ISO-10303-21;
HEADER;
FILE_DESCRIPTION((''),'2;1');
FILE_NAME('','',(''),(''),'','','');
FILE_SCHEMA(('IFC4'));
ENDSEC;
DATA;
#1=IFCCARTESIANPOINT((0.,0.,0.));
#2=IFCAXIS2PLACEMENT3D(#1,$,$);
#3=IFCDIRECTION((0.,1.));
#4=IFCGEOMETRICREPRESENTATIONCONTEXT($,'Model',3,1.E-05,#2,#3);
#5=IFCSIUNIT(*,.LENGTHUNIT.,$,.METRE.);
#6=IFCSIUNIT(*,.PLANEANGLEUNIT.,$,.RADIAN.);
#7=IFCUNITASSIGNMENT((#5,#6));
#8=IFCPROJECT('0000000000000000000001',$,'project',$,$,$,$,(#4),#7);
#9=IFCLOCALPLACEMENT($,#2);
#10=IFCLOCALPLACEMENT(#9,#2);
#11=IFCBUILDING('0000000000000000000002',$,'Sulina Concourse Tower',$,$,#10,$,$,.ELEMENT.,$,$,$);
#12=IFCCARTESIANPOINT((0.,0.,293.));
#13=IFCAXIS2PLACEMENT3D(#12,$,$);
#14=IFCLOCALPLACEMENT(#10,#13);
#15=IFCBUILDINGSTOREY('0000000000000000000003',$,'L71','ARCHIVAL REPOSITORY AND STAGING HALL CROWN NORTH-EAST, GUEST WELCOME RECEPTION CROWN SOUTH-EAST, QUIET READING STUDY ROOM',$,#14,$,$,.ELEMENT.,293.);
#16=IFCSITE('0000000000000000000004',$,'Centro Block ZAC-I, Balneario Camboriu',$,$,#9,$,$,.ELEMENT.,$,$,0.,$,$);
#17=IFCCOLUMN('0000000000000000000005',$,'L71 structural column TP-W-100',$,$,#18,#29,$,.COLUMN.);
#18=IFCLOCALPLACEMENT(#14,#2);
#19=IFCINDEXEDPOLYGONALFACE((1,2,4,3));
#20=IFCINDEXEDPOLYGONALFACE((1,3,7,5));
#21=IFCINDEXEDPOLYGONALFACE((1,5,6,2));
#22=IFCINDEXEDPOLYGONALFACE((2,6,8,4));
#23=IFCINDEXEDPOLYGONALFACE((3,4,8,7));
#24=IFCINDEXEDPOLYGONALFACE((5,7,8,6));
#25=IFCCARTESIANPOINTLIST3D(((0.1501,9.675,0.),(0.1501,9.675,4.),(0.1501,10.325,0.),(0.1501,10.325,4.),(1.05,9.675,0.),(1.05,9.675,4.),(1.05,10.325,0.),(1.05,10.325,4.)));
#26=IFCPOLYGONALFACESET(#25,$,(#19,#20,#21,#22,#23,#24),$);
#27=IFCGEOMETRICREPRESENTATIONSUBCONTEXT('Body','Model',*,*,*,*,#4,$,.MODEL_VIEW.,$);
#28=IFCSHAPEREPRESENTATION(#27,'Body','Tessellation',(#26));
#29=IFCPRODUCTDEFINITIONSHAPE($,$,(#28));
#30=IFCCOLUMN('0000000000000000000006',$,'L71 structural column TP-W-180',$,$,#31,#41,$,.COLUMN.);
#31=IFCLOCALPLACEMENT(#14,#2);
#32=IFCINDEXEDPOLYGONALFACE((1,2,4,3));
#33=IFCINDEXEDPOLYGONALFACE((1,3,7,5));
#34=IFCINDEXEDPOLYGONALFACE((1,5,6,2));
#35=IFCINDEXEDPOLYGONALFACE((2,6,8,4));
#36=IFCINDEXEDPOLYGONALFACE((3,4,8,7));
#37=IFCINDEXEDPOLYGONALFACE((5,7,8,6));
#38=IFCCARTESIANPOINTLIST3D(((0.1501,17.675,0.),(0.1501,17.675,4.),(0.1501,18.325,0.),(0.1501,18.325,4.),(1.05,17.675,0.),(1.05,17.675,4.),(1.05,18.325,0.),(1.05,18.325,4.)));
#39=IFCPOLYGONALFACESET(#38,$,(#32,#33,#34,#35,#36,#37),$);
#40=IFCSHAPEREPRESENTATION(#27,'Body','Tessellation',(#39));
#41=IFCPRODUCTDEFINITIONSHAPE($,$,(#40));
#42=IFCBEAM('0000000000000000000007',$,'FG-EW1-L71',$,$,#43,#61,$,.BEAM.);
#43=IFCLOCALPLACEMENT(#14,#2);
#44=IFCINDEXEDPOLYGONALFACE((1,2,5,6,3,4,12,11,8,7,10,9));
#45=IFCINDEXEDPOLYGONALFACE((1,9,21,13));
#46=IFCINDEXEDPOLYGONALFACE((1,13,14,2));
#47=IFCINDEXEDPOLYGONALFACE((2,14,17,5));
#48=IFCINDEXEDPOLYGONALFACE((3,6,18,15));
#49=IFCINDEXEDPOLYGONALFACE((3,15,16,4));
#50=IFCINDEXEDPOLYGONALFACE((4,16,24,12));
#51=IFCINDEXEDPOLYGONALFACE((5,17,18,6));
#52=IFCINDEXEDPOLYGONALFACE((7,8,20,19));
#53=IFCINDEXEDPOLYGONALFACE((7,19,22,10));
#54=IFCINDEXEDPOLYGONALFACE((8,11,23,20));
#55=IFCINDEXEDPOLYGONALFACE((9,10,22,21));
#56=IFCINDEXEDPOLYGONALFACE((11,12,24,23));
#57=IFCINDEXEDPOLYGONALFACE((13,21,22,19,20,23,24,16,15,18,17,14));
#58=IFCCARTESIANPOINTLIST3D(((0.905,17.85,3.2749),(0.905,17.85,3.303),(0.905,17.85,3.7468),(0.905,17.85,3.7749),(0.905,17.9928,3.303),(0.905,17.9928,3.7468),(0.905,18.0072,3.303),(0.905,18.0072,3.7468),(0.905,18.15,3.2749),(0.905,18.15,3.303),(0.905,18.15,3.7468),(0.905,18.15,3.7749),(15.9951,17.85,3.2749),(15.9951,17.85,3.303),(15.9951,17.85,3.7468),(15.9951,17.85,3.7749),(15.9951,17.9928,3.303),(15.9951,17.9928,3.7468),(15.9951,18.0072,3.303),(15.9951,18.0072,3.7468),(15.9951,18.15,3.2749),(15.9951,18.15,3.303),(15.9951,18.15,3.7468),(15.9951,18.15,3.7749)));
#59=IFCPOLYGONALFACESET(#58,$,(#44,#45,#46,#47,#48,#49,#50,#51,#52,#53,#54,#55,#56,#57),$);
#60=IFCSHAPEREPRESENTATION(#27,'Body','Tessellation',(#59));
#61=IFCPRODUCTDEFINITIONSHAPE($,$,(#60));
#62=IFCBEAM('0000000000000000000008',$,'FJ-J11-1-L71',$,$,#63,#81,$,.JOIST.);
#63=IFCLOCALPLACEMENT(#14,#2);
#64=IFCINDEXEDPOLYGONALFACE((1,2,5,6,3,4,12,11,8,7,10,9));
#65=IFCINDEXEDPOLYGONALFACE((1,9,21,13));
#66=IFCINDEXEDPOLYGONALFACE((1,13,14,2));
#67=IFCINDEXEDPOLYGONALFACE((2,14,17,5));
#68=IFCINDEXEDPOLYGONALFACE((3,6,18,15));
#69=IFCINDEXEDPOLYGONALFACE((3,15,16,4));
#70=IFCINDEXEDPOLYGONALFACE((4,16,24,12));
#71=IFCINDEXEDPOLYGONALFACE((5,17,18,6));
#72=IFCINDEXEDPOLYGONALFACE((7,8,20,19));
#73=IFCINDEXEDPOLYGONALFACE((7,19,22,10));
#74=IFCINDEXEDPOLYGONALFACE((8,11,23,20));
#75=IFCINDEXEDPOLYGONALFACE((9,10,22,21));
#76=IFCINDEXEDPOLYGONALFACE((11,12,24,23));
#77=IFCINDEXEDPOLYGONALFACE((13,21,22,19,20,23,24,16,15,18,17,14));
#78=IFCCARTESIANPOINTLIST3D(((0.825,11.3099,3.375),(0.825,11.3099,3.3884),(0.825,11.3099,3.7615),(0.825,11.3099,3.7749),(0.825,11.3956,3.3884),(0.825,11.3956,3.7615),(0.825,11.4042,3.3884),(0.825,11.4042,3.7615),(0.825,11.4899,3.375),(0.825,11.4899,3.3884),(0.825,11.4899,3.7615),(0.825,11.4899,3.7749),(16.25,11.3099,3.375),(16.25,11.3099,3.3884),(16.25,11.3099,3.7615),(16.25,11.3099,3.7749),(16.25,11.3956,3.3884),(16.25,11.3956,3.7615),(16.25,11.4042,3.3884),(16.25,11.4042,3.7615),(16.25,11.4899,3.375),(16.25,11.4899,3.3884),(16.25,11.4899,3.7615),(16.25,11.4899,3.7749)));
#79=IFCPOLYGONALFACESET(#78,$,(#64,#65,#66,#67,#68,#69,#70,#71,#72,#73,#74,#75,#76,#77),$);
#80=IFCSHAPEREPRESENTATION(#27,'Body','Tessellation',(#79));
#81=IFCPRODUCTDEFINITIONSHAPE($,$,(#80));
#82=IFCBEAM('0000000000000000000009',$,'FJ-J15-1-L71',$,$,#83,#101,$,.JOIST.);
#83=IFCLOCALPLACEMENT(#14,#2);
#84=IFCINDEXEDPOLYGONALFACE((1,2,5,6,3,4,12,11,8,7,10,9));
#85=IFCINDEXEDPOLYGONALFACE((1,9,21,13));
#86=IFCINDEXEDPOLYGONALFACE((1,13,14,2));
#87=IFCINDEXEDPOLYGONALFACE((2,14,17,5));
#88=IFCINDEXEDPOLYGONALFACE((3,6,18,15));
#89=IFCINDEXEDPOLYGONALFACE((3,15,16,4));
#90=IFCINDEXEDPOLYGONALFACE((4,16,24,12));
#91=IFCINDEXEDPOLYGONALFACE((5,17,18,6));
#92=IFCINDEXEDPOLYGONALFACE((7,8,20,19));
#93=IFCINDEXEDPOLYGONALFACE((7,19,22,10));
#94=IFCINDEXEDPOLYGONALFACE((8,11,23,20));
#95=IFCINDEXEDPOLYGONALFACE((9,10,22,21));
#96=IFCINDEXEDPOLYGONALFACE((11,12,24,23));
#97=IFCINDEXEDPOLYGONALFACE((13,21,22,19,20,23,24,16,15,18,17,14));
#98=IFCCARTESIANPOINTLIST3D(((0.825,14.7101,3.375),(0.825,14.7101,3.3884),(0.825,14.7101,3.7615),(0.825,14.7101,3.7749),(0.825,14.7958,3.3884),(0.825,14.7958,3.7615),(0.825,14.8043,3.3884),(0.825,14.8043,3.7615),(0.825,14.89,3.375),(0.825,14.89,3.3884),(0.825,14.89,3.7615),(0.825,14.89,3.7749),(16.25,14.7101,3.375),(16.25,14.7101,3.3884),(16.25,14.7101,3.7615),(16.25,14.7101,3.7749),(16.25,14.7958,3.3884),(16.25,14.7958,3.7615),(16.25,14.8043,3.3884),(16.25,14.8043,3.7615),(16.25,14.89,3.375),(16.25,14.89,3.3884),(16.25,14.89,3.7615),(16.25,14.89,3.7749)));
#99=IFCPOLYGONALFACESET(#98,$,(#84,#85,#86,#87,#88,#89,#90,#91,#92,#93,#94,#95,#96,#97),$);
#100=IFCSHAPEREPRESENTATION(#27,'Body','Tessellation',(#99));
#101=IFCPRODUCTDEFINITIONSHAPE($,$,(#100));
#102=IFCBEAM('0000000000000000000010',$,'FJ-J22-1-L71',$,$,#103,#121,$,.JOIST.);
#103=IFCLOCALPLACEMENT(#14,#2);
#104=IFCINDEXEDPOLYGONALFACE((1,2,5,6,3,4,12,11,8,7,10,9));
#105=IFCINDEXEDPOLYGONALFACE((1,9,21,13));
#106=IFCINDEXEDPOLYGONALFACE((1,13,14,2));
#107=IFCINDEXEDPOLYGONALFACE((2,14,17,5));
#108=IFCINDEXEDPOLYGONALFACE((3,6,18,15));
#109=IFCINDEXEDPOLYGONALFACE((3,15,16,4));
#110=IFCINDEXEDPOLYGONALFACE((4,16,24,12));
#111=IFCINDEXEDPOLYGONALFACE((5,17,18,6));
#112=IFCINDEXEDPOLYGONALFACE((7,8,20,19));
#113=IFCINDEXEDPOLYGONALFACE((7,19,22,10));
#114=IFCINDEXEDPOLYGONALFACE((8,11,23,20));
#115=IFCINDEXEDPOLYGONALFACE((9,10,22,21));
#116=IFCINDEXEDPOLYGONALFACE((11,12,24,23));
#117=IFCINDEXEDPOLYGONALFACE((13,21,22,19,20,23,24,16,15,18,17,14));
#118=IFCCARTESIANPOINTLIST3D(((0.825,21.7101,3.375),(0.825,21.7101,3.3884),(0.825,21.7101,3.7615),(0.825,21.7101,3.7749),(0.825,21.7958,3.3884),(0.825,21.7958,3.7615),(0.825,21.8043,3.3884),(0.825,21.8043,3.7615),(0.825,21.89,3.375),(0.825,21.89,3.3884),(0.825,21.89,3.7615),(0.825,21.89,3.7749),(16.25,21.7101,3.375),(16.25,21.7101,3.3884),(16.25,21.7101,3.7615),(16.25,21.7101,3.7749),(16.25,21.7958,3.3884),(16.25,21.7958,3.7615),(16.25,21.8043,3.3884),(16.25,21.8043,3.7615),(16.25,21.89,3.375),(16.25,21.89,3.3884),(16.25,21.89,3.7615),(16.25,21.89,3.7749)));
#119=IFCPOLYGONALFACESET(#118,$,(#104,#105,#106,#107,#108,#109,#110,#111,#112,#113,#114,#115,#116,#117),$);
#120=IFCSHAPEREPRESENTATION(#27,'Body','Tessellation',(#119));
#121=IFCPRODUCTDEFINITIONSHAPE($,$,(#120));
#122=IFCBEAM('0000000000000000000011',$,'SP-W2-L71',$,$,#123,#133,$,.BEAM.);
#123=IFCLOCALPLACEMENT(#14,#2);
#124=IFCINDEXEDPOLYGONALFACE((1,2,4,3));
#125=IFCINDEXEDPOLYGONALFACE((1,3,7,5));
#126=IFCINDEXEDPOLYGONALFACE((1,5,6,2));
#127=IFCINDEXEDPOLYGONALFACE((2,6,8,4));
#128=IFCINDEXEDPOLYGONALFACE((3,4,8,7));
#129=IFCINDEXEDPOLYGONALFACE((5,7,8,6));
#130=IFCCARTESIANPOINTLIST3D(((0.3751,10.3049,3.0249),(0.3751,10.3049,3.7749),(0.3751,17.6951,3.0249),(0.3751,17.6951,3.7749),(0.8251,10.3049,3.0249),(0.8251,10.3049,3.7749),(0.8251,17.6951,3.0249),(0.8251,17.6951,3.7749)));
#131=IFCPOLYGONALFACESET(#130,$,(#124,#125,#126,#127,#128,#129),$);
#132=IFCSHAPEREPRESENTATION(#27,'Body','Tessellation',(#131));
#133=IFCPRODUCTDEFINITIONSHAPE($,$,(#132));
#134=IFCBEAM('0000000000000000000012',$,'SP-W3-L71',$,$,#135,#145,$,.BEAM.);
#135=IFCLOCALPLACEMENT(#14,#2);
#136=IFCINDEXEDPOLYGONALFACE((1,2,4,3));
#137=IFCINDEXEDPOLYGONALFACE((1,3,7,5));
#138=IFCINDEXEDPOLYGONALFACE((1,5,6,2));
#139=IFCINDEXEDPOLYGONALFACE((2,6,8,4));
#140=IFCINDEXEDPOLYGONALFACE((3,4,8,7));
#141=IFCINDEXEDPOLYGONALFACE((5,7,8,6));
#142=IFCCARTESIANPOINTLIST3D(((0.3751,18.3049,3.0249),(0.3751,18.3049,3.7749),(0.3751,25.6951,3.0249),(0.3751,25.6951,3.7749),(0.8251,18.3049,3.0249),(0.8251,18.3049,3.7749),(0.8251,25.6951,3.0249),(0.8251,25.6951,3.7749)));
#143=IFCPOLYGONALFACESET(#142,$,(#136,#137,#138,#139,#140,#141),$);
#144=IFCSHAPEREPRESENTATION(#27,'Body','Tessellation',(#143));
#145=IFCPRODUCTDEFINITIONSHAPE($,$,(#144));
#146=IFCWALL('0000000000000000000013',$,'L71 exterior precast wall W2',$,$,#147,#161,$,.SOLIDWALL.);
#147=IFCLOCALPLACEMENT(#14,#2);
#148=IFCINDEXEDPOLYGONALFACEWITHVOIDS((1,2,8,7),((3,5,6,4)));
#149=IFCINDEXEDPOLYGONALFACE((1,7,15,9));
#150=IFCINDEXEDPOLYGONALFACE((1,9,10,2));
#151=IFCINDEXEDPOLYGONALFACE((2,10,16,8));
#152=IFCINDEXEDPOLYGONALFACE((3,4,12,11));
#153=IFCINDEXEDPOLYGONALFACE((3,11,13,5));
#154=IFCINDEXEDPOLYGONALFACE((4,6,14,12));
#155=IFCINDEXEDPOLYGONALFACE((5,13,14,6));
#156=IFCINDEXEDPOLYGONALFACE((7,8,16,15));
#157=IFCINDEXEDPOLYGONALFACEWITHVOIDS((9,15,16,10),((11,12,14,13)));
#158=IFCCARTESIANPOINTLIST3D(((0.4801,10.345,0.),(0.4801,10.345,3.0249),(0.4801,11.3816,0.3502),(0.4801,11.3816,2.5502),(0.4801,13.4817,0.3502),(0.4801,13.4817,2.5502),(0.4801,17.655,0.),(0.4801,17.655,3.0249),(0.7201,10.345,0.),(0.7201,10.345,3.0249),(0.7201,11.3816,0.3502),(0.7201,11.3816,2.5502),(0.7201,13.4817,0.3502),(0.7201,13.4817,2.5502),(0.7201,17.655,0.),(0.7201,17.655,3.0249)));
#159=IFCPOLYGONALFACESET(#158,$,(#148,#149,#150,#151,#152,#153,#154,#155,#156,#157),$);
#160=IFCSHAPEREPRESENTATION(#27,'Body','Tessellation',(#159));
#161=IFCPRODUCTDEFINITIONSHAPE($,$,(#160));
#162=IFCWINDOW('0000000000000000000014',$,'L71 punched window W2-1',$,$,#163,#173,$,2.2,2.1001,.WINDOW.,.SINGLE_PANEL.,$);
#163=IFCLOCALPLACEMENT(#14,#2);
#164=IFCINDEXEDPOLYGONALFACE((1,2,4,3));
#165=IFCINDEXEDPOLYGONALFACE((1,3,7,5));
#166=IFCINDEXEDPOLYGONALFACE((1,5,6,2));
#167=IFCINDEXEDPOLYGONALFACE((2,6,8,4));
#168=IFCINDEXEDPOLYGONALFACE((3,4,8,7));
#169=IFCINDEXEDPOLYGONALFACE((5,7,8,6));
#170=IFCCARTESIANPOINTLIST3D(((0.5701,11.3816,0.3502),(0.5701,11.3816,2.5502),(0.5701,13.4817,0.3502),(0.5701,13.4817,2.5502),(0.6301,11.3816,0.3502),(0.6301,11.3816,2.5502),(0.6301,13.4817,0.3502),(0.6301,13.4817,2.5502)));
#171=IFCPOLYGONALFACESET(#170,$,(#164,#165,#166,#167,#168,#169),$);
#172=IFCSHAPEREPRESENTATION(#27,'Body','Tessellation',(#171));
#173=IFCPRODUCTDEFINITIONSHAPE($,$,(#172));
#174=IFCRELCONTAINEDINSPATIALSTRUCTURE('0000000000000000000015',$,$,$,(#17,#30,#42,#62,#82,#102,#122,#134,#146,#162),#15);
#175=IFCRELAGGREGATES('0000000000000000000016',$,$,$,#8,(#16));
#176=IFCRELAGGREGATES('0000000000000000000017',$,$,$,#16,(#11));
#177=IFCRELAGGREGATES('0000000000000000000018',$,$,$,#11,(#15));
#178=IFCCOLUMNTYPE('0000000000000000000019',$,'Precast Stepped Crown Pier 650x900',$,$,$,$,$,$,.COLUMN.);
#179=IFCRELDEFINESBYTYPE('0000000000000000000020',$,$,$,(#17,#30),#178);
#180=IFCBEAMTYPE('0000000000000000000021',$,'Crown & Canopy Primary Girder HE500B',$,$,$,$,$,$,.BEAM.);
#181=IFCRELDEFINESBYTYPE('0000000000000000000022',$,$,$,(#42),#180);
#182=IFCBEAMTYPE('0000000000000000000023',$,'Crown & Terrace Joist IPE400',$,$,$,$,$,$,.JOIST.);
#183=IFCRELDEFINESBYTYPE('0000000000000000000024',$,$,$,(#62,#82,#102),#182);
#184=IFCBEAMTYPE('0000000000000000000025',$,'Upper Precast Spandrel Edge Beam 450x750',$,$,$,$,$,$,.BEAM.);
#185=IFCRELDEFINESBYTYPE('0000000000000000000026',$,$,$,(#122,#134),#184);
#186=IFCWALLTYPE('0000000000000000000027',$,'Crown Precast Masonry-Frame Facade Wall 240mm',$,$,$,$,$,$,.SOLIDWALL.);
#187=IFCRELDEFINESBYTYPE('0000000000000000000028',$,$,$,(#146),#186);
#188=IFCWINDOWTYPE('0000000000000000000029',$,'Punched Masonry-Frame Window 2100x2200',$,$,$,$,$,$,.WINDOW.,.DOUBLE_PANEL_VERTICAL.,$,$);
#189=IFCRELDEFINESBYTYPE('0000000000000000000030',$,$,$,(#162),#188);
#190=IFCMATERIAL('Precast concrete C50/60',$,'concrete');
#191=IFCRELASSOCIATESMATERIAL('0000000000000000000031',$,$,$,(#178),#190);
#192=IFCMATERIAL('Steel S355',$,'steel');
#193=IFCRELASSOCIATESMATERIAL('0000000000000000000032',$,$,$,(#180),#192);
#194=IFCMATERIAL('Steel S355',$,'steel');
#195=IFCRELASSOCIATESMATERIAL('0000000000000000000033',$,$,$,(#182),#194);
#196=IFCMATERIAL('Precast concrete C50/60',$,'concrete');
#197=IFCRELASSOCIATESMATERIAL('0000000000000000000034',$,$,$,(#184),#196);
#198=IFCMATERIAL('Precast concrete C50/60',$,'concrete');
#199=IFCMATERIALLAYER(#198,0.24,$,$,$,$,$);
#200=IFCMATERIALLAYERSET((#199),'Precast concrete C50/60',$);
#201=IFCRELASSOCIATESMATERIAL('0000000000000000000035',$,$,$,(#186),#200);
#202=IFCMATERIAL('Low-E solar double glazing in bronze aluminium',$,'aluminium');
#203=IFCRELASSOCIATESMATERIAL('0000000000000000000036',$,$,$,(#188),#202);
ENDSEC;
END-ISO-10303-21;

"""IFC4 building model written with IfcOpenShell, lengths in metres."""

from ifc_helpers import new_model, si_unit, direction, frame, frame_2d, origin, origin_2d, place, context, subcontext, project, spatial, rectangle, i_section, extrude, material, layer, layer_set, material_profile, profile_set, type_object, element, fill, save


model = new_model("IFC4")

# Units and contexts
model_context = context("Model", 3, precision=1e-05, world=origin(), true_north=direction((0.0, 1.0)))
body_context = subcontext(model_context, "Body", "Model", "MODEL_VIEW")
ifc_project = project(units=[si_unit("LENGTHUNIT", "METRE"), si_unit("PLANEANGLEUNIT", "RADIAN")], contexts=[model_context])

# Site, building, storey
site_placement = place(None, origin())
site = spatial("IfcSite", under=ifc_project, at=site_placement, Name="Centro Block ZAC-I, Balneario Camboriu", CompositionType="ELEMENT", RefElevation=0.0)
building_placement = place(site_placement, origin())
building = spatial("IfcBuilding", under=site, at=building_placement, Name="Sulina Concourse Tower", CompositionType="ELEMENT")
storey_placement = place(building_placement, frame((0.0, 0.0, 293.0)))
storey = spatial("IfcBuildingStorey", under=building, at=storey_placement, Name="L71", Description="ARCHIVAL REPOSITORY AND STAGING HALL CROWN NORTH-EAST, GUEST WELCOME RECEPTION CROWN SOUTH-EAST, QUIET READING STUDY ROOM", CompositionType="ELEMENT", Elevation=293.0)

# Columns
ifc_material_1 = material(Name="Precast concrete C50/60", Category="concrete")
ifc_material_profile_1 = material_profile(ifc_material_1, rectangle(XDim=0.6499, YDim=0.8999, at=origin_2d()), Name="PC 650x900")
ifc_profile_set_1 = profile_set([ifc_material_profile_1], Name="Precast concrete C50/60")
column_type = type_object("IfcColumnType", Name="Precast Stepped Crown Pier 650x900", PredefinedType="COLUMN", material=ifc_profile_set_1)
for number, where, z_axis, x_axis, name in (
    (1, (0.6001, 10.0, 0.0), (0.0, 0.0, 1.0), (0.0, 1.0, 0.0), "L71 structural column TP-W-100"),
    (2, (0.6001, 18.0, 0.0), (0.0, 0.0, 1.0), (0.0, 1.0, 0.0), "L71 structural column TP-W-180"),
):
    element("IfcColumn", number, at=place(storey_placement, frame(where, z_axis=z_axis, x_axis=x_axis)), inside=storey, type_object=column_type, Name=name, PredefinedType="COLUMN", context=body_context, shape_type="SweptSolid", body=[
        extrude(rectangle(XDim=0.6499, YDim=0.8999, at=origin_2d()), origin(), (0.0, 0.0, 1.0), 4.0),
    ])

# Beams
ifc_material_2 = material(Name="Steel S355", Category="steel")
ifc_material_profile_2 = material_profile(ifc_material_2, i_section(OverallWidth=0.3, OverallDepth=0.5, WebThickness=0.0144, FlangeThickness=0.0281, at=origin_2d()), Name="HE 500 B")
ifc_profile_set_2 = profile_set([ifc_material_profile_2], Name="Steel S355")
beam_type_1 = type_object("IfcBeamType", Name="Crown & Canopy Primary Girder HE500B", PredefinedType="BEAM", material=ifc_profile_set_2)
beam_placement = place(storey_placement, frame((0.905, 18.0, 3.5249), z_axis=(1.0, 0.0, 0.0), x_axis=(0.0, 1.0, 0.0)))
element("IfcBeam", 3, at=beam_placement, inside=storey, type_object=beam_type_1, Name="FG-EW1-L71", PredefinedType="BEAM", context=body_context, shape_type="SweptSolid", body=[
    extrude(i_section(OverallWidth=0.3, OverallDepth=0.5, WebThickness=0.0144, FlangeThickness=0.0281, at=origin_2d()), origin(), (0.0, 0.0, 1.0), 15.0901),
])
ifc_material_3 = material(Name="Steel S355", Category="steel")
ifc_material_profile_3 = material_profile(ifc_material_3, i_section(OverallWidth=0.1799, OverallDepth=0.3999, WebThickness=0.0085, FlangeThickness=0.0134, at=origin_2d()), Name="IPE 400")
ifc_profile_set_3 = profile_set([ifc_material_profile_3], Name="Steel S355")
beam_type_2 = type_object("IfcBeamType", Name="Crown & Terrace Joist IPE400", PredefinedType="JOIST", material=ifc_profile_set_3)
for number, where, z_axis, x_axis, name in (
    (4, (0.825, 11.3999, 3.575), (1.0, 0.0, 0.0), (0.0, 1.0, 0.0), "FJ-J11-1-L71"),
    (5, (0.825, 14.8, 3.575), (1.0, 0.0, 0.0), (0.0, 1.0, 0.0), "FJ-J15-1-L71"),
    (6, (0.825, 21.8, 3.575), (1.0, 0.0, 0.0), (0.0, 1.0, 0.0), "FJ-J22-1-L71"),
):
    element("IfcBeam", number, at=place(storey_placement, frame(where, z_axis=z_axis, x_axis=x_axis)), inside=storey, type_object=beam_type_2, Name=name, PredefinedType="JOIST", context=body_context, shape_type="SweptSolid", body=[
        extrude(i_section(OverallWidth=0.1799, OverallDepth=0.3999, WebThickness=0.0085, FlangeThickness=0.0134, at=origin_2d()), origin(), (0.0, 0.0, 1.0), 15.425),
    ])
ifc_material_4 = material(Name="Precast concrete C50/60", Category="concrete")
ifc_material_profile_4 = material_profile(ifc_material_4, rectangle(XDim=0.45, YDim=0.75, at=origin_2d()), Name="RC 450x750")
ifc_profile_set_4 = profile_set([ifc_material_profile_4], Name="Precast concrete C50/60")
beam_type_3 = type_object("IfcBeamType", Name="Upper Precast Spandrel Edge Beam 450x750", PredefinedType="BEAM", material=ifc_profile_set_4)
for number, where, z_axis, x_axis, name in (
    (7, (0.6001, 10.3049, 3.3999), (0.0, 1.0, 0.0), (-1.0, 0.0, 0.0), "SP-W2-L71"),
    (8, (0.6001, 18.3049, 3.3999), (0.0, 1.0, 0.0), (-1.0, 0.0, 0.0), "SP-W3-L71"),
):
    element("IfcBeam", number, at=place(storey_placement, frame(where, z_axis=z_axis, x_axis=x_axis)), inside=storey, type_object=beam_type_3, Name=name, PredefinedType="BEAM", context=body_context, shape_type="SweptSolid", body=[
        extrude(rectangle(XDim=0.45, YDim=0.75, at=origin_2d()), origin(), (0.0, 0.0, 1.0), 7.3901),
    ])

# Wall, opening, window
ifc_material_5 = material(Name="Precast concrete C50/60", Category="concrete")
ifc_layer_1 = layer(ifc_material_5, 0.24)
ifc_layer_set_1 = layer_set([ifc_layer_1], Name="Precast concrete C50/60")
wall_type_1 = type_object("IfcWallType", Name="Crown Precast Masonry-Frame Facade Wall 240mm", PredefinedType="SOLIDWALL", material=ifc_layer_set_1)
wall_1_placement = place(storey_placement, frame((0.6001, 10.345, 0.0), z_axis=(0.0, 0.0, 1.0), x_axis=(0.0, 1.0, 0.0)))
wall_1 = element("IfcWall", 9, at=wall_1_placement, inside=storey, type_object=wall_type_1, Name="L71 exterior precast wall W2", PredefinedType="SOLIDWALL", context=body_context, shape_type="SweptSolid", body=[
    extrude(rectangle(XDim=7.3101, YDim=0.24, at=frame_2d((3.655, 0.0))), origin(), (0.0, 0.0, 1.0), 3.0249),
])
opening_1_placement = place(wall_1_placement, frame((1.0366, 0.0, 0.3501)))
opening_1 = element("IfcOpeningElement", 10, at=opening_1_placement, cuts=wall_1, PredefinedType="OPENING", context=body_context, shape_type="SweptSolid", body=[
    extrude(rectangle(XDim=2.1001, YDim=2.2, at=frame_2d((1.05, 1.1001))), frame((0.0, 0.1299, 0.0), z_axis=(0.0, -1.0, 0.0), x_axis=(1.0, 0.0, 0.0)), (0.0, 0.0, 1.0), 0.26),
])
ifc_material_6 = material(Name="Low-E solar double glazing in bronze aluminium", Category="aluminium")
window_type = type_object("IfcWindowType", Name="Punched Masonry-Frame Window 2100x2200", PartitioningType="DOUBLE_PANEL_VERTICAL", PredefinedType="WINDOW", material=ifc_material_6)
window_1_placement = place(opening_1_placement, origin())
window_1 = element("IfcWindow", 11, at=window_1_placement, inside=storey, type_object=window_type, Name="L71 punched window W2-1", OverallHeight=2.2, OverallWidth=2.1001, PartitioningType="SINGLE_PANEL", PredefinedType="WINDOW", context=body_context, shape_type="SweptSolid", body=[
    extrude(rectangle(XDim=2.1001, YDim=2.2, at=frame_2d((1.05, 1.1001))), frame((0.0, 0.03, 0.0), z_axis=(0.0, -1.0, 0.0), x_axis=(1.0, 0.0, 0.0)), (0.0, 0.0, 1.0), 0.0601),
])
fill(opening_1, window_1)

save(model, "model.ifc")
